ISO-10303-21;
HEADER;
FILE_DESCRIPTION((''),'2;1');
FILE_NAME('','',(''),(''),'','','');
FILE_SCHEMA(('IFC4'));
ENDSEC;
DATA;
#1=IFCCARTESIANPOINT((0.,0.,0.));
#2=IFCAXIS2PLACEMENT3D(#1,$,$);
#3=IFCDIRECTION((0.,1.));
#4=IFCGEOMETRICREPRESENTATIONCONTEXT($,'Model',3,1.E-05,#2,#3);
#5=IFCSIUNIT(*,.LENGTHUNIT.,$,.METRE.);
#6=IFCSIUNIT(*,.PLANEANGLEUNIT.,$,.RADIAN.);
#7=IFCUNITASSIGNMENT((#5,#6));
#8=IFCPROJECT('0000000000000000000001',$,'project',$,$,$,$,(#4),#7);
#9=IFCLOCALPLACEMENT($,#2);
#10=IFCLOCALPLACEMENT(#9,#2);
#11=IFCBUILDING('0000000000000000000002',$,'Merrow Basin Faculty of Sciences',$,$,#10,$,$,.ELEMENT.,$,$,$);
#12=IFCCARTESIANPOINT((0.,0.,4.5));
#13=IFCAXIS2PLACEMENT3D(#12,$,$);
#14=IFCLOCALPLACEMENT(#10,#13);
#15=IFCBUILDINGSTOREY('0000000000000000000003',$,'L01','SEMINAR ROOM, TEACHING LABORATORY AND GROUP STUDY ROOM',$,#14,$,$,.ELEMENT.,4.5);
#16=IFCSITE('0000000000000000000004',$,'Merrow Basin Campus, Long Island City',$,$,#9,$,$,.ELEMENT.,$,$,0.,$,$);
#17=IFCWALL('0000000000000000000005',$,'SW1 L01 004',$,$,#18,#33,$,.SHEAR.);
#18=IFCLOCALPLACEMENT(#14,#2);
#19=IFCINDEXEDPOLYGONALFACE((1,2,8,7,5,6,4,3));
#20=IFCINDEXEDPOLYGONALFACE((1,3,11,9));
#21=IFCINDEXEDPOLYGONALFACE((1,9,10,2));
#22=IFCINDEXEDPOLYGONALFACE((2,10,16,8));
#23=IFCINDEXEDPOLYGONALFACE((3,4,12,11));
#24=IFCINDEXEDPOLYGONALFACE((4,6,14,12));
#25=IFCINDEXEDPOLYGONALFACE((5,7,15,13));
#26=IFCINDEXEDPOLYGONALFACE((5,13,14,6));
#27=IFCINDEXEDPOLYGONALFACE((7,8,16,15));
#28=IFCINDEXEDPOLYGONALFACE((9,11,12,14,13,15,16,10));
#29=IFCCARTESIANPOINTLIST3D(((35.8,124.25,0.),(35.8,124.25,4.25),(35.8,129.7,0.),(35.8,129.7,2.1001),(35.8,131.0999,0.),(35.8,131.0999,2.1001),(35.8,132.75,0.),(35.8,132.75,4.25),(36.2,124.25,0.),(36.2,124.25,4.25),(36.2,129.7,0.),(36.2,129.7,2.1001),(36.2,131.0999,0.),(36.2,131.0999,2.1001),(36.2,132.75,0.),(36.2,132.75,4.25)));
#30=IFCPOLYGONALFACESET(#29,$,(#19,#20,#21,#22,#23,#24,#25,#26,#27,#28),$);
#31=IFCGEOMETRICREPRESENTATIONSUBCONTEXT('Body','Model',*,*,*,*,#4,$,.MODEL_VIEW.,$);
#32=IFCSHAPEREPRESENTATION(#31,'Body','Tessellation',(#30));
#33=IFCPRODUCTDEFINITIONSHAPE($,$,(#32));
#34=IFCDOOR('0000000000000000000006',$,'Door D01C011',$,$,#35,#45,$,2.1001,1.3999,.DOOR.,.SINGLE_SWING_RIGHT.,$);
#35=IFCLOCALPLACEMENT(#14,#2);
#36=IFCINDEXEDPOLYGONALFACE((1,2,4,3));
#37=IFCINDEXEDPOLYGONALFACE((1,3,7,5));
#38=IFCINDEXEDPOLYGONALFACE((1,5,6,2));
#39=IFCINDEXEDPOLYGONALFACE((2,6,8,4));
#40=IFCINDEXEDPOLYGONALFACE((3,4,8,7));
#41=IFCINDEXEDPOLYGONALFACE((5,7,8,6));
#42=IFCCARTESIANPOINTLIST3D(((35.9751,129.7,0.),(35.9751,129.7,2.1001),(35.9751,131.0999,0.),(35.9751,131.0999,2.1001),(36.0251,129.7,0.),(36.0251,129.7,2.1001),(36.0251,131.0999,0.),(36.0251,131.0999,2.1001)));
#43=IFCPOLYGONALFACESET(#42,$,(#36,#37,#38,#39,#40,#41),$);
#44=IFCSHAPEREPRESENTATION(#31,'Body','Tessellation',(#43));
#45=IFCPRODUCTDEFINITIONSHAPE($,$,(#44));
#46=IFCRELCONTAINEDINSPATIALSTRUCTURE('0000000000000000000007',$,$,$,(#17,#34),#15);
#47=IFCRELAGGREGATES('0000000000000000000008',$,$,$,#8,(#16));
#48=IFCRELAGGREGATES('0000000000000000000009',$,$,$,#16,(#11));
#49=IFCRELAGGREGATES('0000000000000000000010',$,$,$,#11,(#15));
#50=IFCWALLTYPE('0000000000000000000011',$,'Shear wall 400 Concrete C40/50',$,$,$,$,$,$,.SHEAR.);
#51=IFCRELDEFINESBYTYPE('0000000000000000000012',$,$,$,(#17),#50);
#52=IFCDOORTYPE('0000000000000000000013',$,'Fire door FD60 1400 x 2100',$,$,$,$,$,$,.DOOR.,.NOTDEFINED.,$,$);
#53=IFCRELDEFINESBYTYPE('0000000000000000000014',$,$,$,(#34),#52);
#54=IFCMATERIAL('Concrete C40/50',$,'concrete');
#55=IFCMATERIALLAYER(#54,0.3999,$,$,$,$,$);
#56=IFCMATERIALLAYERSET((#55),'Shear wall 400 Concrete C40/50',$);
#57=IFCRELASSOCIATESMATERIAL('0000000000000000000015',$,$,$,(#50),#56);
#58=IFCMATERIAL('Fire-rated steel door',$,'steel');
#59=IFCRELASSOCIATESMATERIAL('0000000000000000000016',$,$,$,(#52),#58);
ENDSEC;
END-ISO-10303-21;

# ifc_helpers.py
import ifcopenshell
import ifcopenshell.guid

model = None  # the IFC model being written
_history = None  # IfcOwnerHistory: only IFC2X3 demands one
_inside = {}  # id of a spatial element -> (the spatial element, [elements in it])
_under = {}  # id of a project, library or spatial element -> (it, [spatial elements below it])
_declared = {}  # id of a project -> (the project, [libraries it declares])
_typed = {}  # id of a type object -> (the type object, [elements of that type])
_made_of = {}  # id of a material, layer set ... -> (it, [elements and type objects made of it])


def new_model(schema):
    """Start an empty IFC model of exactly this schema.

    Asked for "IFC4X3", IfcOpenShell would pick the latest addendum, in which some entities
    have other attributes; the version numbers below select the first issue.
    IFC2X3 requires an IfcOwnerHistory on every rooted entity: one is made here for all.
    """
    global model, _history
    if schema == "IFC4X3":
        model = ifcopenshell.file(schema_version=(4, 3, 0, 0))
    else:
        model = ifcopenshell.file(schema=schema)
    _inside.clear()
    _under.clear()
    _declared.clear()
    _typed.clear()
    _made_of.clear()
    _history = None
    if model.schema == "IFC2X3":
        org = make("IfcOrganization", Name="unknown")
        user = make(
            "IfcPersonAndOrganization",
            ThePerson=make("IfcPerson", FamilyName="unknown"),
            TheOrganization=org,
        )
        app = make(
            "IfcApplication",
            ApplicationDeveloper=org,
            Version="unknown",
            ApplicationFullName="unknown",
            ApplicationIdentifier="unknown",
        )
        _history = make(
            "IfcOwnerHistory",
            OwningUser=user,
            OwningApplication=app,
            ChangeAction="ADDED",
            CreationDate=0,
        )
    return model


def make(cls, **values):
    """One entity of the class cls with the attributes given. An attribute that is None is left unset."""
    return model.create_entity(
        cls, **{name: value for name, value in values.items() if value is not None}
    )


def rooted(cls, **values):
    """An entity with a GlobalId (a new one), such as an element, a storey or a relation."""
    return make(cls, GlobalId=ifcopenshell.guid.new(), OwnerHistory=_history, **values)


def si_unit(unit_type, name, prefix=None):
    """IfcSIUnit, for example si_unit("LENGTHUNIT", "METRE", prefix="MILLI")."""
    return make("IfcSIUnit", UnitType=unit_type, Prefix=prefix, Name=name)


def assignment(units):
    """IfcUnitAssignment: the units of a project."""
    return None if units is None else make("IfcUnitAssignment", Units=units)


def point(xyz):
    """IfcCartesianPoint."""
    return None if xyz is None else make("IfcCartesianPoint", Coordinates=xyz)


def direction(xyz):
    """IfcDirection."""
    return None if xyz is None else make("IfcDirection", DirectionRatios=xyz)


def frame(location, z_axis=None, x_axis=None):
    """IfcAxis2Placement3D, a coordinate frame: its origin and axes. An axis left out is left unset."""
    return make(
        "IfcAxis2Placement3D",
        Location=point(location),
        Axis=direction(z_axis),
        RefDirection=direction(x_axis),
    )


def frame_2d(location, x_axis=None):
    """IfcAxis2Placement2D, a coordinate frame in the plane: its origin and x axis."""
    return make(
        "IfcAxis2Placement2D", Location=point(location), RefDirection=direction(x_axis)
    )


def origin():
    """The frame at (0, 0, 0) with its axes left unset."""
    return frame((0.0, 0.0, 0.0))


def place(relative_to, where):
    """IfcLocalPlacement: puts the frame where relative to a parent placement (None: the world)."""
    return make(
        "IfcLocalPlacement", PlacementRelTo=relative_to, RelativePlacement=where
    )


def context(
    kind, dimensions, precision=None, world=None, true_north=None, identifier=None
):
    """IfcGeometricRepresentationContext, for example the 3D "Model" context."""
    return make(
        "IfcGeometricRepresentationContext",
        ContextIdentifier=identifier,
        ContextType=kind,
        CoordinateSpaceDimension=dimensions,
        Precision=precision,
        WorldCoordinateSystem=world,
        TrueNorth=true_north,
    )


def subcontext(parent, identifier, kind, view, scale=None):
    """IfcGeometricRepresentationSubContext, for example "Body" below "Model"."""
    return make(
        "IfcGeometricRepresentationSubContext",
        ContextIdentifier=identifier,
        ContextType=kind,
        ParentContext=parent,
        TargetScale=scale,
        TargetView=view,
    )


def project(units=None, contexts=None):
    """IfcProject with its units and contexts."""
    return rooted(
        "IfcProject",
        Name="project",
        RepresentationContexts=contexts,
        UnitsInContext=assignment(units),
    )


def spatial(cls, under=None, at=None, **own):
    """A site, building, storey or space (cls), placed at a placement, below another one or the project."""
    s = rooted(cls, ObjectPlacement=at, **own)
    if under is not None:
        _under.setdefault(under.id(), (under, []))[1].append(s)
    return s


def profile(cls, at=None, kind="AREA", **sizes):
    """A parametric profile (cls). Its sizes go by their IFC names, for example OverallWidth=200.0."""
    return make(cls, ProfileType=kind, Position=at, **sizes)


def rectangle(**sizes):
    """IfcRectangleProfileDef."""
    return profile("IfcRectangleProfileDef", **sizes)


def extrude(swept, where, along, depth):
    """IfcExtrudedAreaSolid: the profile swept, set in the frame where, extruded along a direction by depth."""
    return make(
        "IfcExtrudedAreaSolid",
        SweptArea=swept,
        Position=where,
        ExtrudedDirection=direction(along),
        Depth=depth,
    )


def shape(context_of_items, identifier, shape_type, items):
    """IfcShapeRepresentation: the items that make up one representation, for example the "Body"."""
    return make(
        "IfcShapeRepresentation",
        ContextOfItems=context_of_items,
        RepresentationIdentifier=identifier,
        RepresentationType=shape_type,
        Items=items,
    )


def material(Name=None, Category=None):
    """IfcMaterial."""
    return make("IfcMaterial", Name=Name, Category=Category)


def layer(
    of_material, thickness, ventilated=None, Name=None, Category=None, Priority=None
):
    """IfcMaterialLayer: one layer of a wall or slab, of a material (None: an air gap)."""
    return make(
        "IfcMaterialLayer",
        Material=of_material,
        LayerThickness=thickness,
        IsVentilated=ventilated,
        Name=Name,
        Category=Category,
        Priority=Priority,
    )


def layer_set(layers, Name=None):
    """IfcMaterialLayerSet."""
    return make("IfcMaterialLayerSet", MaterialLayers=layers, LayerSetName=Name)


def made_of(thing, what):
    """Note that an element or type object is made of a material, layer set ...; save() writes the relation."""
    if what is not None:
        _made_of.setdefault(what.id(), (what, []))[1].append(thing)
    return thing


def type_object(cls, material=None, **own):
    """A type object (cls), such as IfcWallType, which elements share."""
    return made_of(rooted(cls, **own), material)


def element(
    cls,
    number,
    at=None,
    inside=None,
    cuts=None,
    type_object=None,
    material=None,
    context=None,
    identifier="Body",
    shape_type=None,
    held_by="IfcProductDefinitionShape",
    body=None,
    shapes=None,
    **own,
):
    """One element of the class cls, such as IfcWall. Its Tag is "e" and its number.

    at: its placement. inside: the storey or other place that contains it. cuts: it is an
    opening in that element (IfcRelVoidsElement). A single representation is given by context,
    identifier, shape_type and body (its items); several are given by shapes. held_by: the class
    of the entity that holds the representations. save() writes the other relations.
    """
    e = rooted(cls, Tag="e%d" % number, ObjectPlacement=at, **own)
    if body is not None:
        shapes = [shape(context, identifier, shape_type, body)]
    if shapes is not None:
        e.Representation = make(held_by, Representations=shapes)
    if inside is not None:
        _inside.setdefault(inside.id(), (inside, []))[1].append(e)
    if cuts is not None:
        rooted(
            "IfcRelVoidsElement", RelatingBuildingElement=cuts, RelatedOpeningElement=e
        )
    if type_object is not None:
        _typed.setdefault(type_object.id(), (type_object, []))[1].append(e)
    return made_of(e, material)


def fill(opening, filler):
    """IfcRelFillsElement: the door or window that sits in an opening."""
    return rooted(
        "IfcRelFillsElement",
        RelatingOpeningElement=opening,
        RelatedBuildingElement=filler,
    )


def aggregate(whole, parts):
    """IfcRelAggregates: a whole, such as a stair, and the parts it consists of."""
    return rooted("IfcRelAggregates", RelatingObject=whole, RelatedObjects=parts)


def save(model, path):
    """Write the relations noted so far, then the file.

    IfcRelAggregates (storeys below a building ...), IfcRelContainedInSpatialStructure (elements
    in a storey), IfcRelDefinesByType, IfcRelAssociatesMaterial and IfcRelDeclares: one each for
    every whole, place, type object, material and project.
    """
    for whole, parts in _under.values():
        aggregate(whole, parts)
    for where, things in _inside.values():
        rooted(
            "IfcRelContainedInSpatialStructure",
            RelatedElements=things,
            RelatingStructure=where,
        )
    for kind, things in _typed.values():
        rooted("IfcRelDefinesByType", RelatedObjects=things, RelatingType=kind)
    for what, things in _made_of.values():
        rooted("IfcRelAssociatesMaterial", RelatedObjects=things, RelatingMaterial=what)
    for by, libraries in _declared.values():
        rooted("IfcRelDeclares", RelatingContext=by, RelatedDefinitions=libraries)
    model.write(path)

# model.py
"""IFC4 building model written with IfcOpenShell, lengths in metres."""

from ifc_helpers import new_model, si_unit, direction, frame, frame_2d, origin, place, context, subcontext, project, spatial, rectangle, extrude, material, layer, layer_set, type_object, element, fill, save


model = new_model("IFC4")

# Units and contexts
model_context = context("Model", 3, precision=1e-05, world=origin(), true_north=direction((0.0, 1.0)))
body_context = subcontext(model_context, "Body", "Model", "MODEL_VIEW")
ifc_project = project(units=[si_unit("LENGTHUNIT", "METRE"), si_unit("PLANEANGLEUNIT", "RADIAN")], contexts=[model_context])

# Site, building, storey
site_placement = place(None, origin())
site = spatial("IfcSite", under=ifc_project, at=site_placement, Name="Merrow Basin Campus, Long Island City", CompositionType="ELEMENT", RefElevation=0.0)
building_placement = place(site_placement, origin())
building = spatial("IfcBuilding", under=site, at=building_placement, Name="Merrow Basin Faculty of Sciences", CompositionType="ELEMENT")
storey_placement = place(building_placement, frame((0.0, 0.0, 4.5)))
storey = spatial("IfcBuildingStorey", under=building, at=storey_placement, Name="L01", Description="SEMINAR ROOM, TEACHING LABORATORY AND GROUP STUDY ROOM", CompositionType="ELEMENT", Elevation=4.5)

# Wall, opening, door
ifc_material_1 = material(Name="Concrete C40/50", Category="concrete")
ifc_layer_1 = layer(ifc_material_1, 0.3999)
ifc_layer_set_1 = layer_set([ifc_layer_1], Name="Shear wall 400 Concrete C40/50")
wall_type_1 = type_object("IfcWallType", Name="Shear wall 400 Concrete C40/50", PredefinedType="SHEAR", material=ifc_layer_set_1)
wall_1_placement = place(storey_placement, frame((36.0, 124.25, 0.0), z_axis=(0.0, 0.0, 1.0), x_axis=(0.0, 1.0, 0.0)))
wall_1 = element("IfcWall", 1, at=wall_1_placement, inside=storey, type_object=wall_type_1, Name="SW1 L01 004", PredefinedType="SHEAR", context=body_context, shape_type="SweptSolid", body=[
    extrude(rectangle(XDim=8.5, YDim=0.3999, at=frame_2d((4.25, 0.0))), origin(), (0.0, 0.0, 1.0), 4.25),
])
opening_1_placement = place(wall_1_placement, frame((5.45, 0.0, 0.0)))
opening_1 = element("IfcOpeningElement", 2, at=opening_1_placement, cuts=wall_1, PredefinedType="OPENING", context=body_context, shape_type="SweptSolid", body=[
    extrude(rectangle(XDim=1.3999, YDim=2.1001, at=frame_2d((0.7, 1.05))), frame((0.0, 0.21, 0.0), z_axis=(0.0, -1.0, 0.0), x_axis=(1.0, 0.0, 0.0)), (0.0, 0.0, 1.0), 0.4199),
])
ifc_material_2 = material(Name="Fire-rated steel door", Category="steel")
door_type_1 = type_object("IfcDoorType", Name="Fire door FD60 1400 x 2100", OperationType="NOTDEFINED", PredefinedType="DOOR", material=ifc_material_2)
door_1_placement = place(opening_1_placement, origin())
door_1 = element("IfcDoor", 3, at=door_1_placement, inside=storey, type_object=door_type_1, Name="Door D01C011", OperationType="SINGLE_SWING_RIGHT", OverallHeight=2.1001, OverallWidth=1.3999, PredefinedType="DOOR", context=body_context, shape_type="SweptSolid", body=[
    extrude(rectangle(XDim=1.3999, YDim=2.1001, at=frame_2d((0.7, 1.05))), frame((0.0, 0.0249, 0.0), z_axis=(0.0, -1.0, 0.0), x_axis=(1.0, 0.0, 0.0)), (0.0, 0.0, 1.0), 0.05),
])
fill(opening_1, door_1)

save(model, "model.ifc")
